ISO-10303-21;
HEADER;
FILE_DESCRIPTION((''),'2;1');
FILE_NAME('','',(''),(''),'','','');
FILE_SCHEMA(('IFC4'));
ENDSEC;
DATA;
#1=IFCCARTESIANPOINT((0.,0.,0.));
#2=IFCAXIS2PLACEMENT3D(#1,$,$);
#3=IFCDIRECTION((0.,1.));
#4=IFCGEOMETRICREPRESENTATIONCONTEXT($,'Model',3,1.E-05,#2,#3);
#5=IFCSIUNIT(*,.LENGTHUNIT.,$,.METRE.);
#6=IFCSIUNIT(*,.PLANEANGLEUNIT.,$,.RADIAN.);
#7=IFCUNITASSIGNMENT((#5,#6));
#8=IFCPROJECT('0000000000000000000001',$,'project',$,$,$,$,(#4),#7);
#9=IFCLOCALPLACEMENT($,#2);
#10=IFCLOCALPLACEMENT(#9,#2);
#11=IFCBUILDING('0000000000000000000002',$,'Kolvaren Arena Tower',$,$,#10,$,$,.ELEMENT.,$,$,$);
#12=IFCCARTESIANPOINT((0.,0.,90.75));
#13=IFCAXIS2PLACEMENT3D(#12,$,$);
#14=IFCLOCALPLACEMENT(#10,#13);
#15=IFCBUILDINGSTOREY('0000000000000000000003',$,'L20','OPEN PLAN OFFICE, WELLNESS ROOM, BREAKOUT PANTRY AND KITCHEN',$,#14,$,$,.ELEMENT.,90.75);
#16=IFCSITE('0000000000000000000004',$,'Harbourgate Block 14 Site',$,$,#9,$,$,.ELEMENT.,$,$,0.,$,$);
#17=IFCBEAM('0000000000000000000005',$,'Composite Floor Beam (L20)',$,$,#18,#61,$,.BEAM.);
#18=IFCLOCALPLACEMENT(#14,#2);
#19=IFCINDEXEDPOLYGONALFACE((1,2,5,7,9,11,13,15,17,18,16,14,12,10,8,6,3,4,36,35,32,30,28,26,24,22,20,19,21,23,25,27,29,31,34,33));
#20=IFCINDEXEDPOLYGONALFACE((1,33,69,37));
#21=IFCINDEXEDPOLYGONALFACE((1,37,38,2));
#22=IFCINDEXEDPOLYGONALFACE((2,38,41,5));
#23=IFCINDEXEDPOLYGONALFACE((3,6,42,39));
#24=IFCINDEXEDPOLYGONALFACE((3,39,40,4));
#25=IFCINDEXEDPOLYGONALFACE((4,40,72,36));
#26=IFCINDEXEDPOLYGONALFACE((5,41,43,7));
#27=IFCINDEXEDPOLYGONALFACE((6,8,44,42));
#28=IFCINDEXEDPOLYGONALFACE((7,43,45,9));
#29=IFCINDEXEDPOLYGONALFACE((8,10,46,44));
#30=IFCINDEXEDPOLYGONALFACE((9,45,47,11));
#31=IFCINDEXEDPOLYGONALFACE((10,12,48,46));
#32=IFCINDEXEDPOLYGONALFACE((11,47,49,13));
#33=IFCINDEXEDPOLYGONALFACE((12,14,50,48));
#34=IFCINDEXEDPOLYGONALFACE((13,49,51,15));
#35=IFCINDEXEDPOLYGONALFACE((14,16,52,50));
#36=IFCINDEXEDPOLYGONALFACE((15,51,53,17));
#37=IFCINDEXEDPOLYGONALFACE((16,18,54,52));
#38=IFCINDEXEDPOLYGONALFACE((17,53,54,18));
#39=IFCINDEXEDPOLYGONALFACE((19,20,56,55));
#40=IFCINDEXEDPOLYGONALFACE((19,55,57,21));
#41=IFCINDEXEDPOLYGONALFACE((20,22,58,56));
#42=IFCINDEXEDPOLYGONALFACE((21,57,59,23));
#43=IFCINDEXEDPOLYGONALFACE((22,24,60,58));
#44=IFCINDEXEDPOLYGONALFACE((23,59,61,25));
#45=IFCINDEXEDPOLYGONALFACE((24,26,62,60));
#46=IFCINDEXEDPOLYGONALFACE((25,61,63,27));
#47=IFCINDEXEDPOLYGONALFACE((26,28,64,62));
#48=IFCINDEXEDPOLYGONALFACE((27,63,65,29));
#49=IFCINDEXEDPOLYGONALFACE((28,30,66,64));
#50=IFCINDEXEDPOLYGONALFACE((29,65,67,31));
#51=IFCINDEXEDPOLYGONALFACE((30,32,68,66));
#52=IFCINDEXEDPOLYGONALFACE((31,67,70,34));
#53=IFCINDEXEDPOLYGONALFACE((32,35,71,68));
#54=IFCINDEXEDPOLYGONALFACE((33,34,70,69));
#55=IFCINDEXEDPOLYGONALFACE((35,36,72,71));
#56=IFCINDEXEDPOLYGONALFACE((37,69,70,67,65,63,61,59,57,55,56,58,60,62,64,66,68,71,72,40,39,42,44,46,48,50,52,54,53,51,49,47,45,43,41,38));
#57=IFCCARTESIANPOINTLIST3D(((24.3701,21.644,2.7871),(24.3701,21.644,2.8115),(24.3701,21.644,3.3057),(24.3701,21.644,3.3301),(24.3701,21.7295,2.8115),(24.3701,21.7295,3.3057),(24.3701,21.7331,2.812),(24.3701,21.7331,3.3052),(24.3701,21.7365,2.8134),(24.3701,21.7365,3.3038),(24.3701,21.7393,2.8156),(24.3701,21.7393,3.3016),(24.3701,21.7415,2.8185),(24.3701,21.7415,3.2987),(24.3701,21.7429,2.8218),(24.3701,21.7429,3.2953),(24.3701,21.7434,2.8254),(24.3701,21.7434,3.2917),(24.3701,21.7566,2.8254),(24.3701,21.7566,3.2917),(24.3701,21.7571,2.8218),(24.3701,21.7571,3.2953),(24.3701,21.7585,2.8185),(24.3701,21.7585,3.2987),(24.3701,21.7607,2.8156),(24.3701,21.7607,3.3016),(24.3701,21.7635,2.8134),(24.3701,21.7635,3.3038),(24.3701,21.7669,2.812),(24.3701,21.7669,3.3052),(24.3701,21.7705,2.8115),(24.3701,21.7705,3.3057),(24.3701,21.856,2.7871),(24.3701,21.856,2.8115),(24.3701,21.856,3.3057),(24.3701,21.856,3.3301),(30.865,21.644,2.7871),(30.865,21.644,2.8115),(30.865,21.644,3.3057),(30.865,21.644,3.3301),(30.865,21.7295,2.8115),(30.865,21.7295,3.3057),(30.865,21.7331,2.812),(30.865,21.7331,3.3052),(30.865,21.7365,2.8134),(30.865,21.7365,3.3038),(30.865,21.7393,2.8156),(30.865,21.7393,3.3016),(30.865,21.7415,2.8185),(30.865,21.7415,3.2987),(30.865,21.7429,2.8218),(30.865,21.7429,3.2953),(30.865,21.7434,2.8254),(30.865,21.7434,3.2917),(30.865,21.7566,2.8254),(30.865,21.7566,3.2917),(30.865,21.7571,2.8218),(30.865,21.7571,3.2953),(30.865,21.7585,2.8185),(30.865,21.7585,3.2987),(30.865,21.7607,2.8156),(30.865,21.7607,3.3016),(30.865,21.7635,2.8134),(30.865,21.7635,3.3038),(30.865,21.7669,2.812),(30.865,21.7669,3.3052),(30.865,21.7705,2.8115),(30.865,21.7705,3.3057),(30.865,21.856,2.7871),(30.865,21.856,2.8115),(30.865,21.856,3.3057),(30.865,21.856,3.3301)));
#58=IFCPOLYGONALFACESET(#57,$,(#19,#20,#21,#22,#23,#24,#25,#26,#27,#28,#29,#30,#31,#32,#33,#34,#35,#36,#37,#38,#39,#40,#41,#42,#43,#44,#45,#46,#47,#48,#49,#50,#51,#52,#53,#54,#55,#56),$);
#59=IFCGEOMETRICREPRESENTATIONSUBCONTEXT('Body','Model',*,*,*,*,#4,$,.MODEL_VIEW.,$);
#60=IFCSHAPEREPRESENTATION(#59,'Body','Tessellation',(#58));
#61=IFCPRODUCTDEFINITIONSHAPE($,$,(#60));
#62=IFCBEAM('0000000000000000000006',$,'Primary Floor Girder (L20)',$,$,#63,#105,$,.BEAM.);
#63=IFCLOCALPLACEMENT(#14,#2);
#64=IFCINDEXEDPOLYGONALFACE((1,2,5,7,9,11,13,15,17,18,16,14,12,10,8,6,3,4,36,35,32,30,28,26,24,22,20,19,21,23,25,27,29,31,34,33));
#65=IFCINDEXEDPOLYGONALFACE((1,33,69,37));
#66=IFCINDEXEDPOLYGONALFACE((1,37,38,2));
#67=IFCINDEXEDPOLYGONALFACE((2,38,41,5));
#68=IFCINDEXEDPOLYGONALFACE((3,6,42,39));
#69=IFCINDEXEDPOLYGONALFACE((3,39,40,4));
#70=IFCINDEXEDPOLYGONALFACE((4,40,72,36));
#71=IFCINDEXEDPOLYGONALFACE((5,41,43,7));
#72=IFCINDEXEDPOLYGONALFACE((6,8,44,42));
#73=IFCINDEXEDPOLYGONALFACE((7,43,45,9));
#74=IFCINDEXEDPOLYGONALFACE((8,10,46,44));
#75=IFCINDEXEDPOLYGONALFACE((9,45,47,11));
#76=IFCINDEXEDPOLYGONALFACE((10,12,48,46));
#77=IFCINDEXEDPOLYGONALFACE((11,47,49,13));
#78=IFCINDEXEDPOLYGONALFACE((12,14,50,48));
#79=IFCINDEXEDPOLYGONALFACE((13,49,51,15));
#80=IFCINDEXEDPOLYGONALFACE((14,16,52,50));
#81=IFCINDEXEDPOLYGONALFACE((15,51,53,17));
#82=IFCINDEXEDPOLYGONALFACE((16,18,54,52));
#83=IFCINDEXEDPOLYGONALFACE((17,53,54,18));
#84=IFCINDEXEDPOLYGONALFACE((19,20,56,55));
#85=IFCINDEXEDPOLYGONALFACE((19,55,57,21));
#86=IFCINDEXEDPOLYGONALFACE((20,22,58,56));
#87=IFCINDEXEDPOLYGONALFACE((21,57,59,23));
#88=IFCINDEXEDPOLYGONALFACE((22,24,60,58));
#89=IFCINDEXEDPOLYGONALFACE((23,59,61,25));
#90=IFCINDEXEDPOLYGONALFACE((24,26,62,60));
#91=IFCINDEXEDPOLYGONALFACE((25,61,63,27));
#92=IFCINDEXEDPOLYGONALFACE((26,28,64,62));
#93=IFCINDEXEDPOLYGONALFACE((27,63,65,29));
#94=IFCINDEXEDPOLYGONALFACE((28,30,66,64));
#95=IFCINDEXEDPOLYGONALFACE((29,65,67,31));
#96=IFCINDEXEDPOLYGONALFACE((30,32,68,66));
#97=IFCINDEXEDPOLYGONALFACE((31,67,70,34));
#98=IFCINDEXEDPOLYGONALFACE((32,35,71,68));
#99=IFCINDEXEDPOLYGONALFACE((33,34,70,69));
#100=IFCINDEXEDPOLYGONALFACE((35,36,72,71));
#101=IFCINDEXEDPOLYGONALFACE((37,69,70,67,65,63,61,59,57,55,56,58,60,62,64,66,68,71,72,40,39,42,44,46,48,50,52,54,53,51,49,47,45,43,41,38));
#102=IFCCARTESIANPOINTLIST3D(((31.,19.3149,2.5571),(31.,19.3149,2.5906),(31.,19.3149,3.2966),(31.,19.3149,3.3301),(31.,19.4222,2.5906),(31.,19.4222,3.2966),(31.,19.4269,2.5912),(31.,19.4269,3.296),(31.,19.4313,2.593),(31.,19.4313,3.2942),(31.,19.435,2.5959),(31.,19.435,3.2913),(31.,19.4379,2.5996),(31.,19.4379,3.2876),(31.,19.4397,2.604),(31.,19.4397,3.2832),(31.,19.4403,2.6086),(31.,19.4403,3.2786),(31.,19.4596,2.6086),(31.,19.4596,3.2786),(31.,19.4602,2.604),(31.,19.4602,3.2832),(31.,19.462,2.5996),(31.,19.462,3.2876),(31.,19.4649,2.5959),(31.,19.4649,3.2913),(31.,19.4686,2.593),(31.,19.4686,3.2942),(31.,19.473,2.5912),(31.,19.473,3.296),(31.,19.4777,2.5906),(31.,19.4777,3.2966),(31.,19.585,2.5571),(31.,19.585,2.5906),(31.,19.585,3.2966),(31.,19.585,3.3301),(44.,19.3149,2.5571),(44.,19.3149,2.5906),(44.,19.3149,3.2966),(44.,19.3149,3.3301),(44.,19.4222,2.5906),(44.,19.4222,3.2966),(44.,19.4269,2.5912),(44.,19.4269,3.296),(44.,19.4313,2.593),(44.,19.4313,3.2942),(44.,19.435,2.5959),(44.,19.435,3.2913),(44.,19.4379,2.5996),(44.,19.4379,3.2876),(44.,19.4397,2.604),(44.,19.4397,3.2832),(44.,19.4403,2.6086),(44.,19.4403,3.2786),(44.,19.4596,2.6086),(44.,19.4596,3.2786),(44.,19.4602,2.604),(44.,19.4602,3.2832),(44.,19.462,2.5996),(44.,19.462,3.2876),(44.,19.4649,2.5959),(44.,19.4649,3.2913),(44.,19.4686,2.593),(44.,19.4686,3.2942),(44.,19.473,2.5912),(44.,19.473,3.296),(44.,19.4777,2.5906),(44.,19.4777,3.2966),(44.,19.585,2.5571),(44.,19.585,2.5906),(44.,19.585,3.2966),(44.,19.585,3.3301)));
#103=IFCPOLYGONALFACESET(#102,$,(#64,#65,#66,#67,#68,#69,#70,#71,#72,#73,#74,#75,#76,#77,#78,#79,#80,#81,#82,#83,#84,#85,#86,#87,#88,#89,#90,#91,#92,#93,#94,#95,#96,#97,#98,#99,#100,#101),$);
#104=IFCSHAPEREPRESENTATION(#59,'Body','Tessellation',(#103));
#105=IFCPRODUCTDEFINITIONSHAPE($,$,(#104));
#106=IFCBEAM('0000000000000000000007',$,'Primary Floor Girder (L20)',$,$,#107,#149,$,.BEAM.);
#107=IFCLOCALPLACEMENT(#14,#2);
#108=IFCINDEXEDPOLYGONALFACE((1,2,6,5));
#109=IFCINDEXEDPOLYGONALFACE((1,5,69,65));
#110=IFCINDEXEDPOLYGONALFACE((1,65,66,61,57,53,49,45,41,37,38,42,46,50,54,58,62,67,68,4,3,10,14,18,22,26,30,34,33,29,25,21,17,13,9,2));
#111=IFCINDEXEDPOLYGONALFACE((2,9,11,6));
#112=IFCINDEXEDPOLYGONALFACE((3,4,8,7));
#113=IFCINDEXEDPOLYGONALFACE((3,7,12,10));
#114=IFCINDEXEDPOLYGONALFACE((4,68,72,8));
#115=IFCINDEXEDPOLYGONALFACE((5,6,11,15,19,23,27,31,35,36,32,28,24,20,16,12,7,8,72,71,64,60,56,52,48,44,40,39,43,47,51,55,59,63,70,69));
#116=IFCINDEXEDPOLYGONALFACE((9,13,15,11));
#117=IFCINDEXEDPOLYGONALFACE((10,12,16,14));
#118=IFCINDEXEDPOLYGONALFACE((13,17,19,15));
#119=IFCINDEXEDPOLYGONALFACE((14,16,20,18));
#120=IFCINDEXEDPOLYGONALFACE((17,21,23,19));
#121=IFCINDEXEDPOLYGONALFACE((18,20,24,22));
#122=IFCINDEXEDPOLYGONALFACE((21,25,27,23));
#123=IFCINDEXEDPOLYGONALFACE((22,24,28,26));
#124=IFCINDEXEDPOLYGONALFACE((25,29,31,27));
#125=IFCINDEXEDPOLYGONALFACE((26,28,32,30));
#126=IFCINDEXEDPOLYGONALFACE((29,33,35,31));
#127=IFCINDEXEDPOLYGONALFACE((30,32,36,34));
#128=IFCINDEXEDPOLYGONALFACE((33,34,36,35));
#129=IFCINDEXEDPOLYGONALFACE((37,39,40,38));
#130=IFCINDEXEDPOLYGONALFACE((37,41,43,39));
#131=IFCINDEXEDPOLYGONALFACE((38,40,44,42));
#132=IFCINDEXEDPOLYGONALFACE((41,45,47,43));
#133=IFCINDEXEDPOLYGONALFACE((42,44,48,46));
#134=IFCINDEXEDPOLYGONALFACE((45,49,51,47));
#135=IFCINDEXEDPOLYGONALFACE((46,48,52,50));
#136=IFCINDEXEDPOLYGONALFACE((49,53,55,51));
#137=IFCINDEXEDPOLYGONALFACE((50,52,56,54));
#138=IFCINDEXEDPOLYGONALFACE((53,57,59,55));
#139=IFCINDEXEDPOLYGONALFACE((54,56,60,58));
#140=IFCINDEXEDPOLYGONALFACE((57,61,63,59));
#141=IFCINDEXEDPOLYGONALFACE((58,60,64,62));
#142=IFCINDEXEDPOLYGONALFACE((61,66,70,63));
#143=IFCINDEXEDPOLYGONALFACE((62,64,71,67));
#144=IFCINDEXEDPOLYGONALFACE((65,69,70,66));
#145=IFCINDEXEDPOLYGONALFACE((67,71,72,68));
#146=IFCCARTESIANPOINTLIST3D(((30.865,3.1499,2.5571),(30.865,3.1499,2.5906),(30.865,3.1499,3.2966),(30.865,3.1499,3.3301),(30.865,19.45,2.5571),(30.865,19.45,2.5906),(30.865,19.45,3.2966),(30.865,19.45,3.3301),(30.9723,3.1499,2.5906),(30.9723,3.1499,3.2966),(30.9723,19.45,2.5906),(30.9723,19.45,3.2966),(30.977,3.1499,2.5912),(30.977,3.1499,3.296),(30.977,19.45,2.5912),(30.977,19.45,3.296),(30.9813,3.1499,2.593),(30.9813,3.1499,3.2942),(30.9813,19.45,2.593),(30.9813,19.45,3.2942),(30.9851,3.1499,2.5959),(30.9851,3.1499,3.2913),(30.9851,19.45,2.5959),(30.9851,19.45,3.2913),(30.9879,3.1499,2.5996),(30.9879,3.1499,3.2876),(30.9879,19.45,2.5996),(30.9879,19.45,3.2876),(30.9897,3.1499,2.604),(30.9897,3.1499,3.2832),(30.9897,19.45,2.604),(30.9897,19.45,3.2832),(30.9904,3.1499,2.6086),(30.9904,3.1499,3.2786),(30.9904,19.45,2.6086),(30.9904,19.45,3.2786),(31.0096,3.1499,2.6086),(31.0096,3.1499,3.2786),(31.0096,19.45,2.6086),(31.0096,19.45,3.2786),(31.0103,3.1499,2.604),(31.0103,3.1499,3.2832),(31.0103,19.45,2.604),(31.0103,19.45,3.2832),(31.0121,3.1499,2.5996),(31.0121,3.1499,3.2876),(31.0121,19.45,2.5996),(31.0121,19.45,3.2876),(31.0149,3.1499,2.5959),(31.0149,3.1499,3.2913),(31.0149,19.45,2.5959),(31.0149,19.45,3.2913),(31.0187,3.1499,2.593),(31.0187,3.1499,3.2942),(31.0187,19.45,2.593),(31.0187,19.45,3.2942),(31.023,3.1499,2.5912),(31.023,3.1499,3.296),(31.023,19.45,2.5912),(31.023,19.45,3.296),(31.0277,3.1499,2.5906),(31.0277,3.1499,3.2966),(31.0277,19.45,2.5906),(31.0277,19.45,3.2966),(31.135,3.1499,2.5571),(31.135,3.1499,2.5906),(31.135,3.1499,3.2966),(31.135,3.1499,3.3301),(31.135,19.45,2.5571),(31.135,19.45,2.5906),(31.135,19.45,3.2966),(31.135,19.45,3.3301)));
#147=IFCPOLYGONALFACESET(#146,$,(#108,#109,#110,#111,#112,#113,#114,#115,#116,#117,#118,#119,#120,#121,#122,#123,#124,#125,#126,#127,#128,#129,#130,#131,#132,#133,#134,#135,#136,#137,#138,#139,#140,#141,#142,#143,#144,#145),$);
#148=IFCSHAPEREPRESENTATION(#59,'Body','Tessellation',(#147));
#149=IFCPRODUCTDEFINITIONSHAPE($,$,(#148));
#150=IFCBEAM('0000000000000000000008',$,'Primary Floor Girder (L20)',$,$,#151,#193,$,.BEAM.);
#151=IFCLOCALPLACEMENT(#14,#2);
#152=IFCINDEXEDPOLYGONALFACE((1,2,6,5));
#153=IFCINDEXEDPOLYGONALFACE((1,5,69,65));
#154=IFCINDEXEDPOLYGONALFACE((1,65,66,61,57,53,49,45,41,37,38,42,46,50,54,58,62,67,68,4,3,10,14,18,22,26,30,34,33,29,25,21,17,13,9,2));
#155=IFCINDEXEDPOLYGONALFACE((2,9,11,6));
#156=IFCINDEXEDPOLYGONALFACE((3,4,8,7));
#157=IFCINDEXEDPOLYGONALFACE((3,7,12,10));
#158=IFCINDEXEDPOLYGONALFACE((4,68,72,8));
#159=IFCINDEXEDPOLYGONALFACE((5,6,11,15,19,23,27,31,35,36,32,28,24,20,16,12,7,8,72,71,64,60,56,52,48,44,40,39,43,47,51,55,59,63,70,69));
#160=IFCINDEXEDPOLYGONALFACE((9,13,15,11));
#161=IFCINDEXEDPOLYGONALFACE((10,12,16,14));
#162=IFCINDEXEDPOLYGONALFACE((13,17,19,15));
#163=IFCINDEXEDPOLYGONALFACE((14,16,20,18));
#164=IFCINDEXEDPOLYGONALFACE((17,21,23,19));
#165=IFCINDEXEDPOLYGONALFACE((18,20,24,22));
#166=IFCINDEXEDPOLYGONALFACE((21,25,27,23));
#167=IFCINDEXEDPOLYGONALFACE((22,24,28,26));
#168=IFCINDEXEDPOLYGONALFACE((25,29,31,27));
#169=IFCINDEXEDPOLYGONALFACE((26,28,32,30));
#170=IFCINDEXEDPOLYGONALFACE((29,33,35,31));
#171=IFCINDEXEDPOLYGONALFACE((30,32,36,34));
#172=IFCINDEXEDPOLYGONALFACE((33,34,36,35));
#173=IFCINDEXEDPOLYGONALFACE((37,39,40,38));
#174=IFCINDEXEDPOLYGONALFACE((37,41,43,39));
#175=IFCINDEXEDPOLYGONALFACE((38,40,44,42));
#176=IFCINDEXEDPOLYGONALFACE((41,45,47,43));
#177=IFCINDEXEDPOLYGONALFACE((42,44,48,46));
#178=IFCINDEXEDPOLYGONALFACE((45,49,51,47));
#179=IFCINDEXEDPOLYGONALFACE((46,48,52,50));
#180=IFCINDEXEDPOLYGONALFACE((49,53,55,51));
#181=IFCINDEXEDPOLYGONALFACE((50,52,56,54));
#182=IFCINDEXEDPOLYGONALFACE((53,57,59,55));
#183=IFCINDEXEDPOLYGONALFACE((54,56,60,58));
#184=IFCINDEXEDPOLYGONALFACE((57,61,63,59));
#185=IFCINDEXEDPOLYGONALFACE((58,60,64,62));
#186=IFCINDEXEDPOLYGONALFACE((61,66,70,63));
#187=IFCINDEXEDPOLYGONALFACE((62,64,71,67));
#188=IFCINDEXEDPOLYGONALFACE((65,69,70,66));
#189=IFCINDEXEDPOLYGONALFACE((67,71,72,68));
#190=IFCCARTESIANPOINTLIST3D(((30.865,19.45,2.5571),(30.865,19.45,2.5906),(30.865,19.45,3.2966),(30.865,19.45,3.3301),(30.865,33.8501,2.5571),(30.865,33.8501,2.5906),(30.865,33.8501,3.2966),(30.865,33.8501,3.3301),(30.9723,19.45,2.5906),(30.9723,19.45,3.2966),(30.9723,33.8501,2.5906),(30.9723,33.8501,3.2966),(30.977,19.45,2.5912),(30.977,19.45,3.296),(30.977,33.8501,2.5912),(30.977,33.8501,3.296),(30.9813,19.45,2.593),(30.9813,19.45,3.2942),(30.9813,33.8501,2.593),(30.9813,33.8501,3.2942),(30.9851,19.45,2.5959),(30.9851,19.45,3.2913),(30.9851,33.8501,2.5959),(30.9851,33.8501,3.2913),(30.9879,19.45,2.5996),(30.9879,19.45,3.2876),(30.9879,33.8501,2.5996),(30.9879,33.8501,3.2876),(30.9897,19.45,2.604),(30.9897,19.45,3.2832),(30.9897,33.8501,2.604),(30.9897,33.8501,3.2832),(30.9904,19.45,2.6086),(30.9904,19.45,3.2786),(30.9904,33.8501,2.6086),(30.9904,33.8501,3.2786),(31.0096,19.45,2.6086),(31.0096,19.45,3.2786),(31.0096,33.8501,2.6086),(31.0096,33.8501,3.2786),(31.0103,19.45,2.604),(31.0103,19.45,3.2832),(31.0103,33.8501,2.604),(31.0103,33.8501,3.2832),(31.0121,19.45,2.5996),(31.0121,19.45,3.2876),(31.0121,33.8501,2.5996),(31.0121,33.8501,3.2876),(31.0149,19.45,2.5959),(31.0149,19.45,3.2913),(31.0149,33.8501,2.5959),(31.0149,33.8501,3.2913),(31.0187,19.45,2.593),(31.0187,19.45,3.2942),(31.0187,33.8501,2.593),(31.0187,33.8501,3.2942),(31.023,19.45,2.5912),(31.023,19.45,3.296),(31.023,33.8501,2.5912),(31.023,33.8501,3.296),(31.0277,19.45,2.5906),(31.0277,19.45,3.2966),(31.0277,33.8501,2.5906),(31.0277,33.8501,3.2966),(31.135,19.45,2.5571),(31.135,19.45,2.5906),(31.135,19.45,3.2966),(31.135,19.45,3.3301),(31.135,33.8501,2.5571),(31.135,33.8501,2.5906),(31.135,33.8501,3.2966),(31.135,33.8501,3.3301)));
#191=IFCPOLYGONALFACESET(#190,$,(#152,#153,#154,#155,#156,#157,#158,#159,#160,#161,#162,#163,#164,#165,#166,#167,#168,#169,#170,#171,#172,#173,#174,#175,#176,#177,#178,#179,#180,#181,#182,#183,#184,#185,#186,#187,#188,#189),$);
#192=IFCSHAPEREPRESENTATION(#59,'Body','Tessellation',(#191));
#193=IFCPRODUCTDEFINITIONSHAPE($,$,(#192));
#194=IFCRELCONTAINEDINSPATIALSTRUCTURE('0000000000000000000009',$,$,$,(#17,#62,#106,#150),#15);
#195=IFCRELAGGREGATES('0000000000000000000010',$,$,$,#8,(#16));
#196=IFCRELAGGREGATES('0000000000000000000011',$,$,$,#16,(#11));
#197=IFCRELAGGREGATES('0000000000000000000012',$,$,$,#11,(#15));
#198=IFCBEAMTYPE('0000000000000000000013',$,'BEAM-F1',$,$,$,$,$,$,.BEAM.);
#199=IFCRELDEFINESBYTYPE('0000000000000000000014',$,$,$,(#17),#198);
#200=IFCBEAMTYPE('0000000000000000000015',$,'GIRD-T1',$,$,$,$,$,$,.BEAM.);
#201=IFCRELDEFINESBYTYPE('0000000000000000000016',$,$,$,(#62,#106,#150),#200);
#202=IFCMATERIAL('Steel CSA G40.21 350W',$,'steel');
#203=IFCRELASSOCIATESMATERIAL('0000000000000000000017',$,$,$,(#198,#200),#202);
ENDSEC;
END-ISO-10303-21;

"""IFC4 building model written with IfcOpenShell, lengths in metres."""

from ifc_helpers import new_model, si_unit, direction, frame, origin, origin_2d, place, context, subcontext, project, spatial, i_section, extrude, material, material_profile, profile_set, type_object, element, save


model = new_model("IFC4")

# Units and contexts
model_context = context("Model", 3, precision=1e-05, world=origin(), true_north=direction((0.0, 1.0)))
body_context = subcontext(model_context, "Body", "Model", "MODEL_VIEW")
ifc_project = project(units=[si_unit("LENGTHUNIT", "METRE"), si_unit("PLANEANGLEUNIT", "RADIAN")], contexts=[model_context])

# Site, building, storey
site_placement = place(None, origin())
site = spatial("IfcSite", under=ifc_project, at=site_placement, Name="Harbourgate Block 14 Site", CompositionType="ELEMENT", RefElevation=0.0)
building_placement = place(site_placement, origin())
building = spatial("IfcBuilding", under=site, at=building_placement, Name="Kolvaren Arena Tower", CompositionType="ELEMENT")
storey_placement = place(building_placement, frame((0.0, 0.0, 90.75)))
storey = spatial("IfcBuildingStorey", under=building, at=storey_placement, Name="L20", Description="OPEN PLAN OFFICE, WELLNESS ROOM, BREAKOUT PANTRY AND KITCHEN", CompositionType="ELEMENT", Elevation=90.75)

# Beams
ifc_material_1 = material(Name="Steel CSA G40.21 350W", Category="steel")
ifc_material_profile_1 = material_profile(ifc_material_1, i_section(OverallWidth=0.2119, OverallDepth=0.543, WebThickness=0.0132, FlangeThickness=0.0244, FilletRadius=0.0139, at=origin_2d()), Name="W530x150")
ifc_profile_set_1 = profile_set([ifc_material_profile_1], Name="Steel CSA G40.21 350W")
beam_type_1 = type_object("IfcBeamType", Name="BEAM-F1", PredefinedType="BEAM", material=ifc_profile_set_1)
beam_1_placement = place(storey_placement, frame((24.3701, 21.75, 3.0586), z_axis=(1.0, 0.0, 0.0), x_axis=(0.0, 1.0, 0.0)))
element("IfcBeam", 1, at=beam_1_placement, inside=storey, type_object=beam_type_1, Name="Composite Floor Beam (L20)", PredefinedType="BEAM", context=body_context, shape_type="SweptSolid", body=[
    extrude(i_section(OverallWidth=0.2119, OverallDepth=0.543, WebThickness=0.0132, FlangeThickness=0.0244, FilletRadius=0.0139, at=origin_2d()), origin(), (0.0, 0.0, 1.0), 6.4949),
])
ifc_material_profile_2 = material_profile(ifc_material_1, i_section(OverallWidth=0.27, OverallDepth=0.7729, WebThickness=0.0193, FlangeThickness=0.0334, FilletRadius=0.0181, at=origin_2d()), Name="W760x257")
ifc_profile_set_2 = profile_set([ifc_material_profile_2], Name="Steel CSA G40.21 350W")
beam_type_2 = type_object("IfcBeamType", Name="GIRD-T1", PredefinedType="BEAM", material=ifc_profile_set_2)
beam_2_placement = place(storey_placement, frame((31.0, 19.45, 2.9436), z_axis=(1.0, 0.0, 0.0), x_axis=(0.0, 1.0, 0.0)))
element("IfcBeam", 2, at=beam_2_placement, inside=storey, type_object=beam_type_2, Name="Primary Floor Girder (L20)", PredefinedType="BEAM", context=body_context, shape_type="SweptSolid", body=[
    extrude(i_section(OverallWidth=0.27, OverallDepth=0.7729, WebThickness=0.0193, FlangeThickness=0.0334, FilletRadius=0.0181, at=origin_2d()), origin(), (0.0, 0.0, 1.0), 13.0),
])
beam_3_placement = place(storey_placement, frame((31.0, 3.1499, 2.9436), z_axis=(0.0, 1.0, 0.0), x_axis=(-1.0, 0.0, 0.0)))
element("IfcBeam", 3, at=beam_3_placement, inside=storey, type_object=beam_type_2, Name="Primary Floor Girder (L20)", PredefinedType="BEAM", context=body_context, shape_type="SweptSolid", body=[
    extrude(i_section(OverallWidth=0.27, OverallDepth=0.7729, WebThickness=0.0193, FlangeThickness=0.0334, FilletRadius=0.0181, at=origin_2d()), origin(), (0.0, 0.0, 1.0), 16.3),
])
beam_4_placement = place(storey_placement, frame((31.0, 19.45, 2.9436), z_axis=(0.0, 1.0, 0.0), x_axis=(-1.0, 0.0, 0.0)))
element("IfcBeam", 4, at=beam_4_placement, inside=storey, type_object=beam_type_2, Name="Primary Floor Girder (L20)", PredefinedType="BEAM", context=body_context, shape_type="SweptSolid", body=[
    extrude(i_section(OverallWidth=0.27, OverallDepth=0.7729, WebThickness=0.0193, FlangeThickness=0.0334, FilletRadius=0.0181, at=origin_2d()), origin(), (0.0, 0.0, 1.0), 14.4001),
])

save(model, "model.ifc")
